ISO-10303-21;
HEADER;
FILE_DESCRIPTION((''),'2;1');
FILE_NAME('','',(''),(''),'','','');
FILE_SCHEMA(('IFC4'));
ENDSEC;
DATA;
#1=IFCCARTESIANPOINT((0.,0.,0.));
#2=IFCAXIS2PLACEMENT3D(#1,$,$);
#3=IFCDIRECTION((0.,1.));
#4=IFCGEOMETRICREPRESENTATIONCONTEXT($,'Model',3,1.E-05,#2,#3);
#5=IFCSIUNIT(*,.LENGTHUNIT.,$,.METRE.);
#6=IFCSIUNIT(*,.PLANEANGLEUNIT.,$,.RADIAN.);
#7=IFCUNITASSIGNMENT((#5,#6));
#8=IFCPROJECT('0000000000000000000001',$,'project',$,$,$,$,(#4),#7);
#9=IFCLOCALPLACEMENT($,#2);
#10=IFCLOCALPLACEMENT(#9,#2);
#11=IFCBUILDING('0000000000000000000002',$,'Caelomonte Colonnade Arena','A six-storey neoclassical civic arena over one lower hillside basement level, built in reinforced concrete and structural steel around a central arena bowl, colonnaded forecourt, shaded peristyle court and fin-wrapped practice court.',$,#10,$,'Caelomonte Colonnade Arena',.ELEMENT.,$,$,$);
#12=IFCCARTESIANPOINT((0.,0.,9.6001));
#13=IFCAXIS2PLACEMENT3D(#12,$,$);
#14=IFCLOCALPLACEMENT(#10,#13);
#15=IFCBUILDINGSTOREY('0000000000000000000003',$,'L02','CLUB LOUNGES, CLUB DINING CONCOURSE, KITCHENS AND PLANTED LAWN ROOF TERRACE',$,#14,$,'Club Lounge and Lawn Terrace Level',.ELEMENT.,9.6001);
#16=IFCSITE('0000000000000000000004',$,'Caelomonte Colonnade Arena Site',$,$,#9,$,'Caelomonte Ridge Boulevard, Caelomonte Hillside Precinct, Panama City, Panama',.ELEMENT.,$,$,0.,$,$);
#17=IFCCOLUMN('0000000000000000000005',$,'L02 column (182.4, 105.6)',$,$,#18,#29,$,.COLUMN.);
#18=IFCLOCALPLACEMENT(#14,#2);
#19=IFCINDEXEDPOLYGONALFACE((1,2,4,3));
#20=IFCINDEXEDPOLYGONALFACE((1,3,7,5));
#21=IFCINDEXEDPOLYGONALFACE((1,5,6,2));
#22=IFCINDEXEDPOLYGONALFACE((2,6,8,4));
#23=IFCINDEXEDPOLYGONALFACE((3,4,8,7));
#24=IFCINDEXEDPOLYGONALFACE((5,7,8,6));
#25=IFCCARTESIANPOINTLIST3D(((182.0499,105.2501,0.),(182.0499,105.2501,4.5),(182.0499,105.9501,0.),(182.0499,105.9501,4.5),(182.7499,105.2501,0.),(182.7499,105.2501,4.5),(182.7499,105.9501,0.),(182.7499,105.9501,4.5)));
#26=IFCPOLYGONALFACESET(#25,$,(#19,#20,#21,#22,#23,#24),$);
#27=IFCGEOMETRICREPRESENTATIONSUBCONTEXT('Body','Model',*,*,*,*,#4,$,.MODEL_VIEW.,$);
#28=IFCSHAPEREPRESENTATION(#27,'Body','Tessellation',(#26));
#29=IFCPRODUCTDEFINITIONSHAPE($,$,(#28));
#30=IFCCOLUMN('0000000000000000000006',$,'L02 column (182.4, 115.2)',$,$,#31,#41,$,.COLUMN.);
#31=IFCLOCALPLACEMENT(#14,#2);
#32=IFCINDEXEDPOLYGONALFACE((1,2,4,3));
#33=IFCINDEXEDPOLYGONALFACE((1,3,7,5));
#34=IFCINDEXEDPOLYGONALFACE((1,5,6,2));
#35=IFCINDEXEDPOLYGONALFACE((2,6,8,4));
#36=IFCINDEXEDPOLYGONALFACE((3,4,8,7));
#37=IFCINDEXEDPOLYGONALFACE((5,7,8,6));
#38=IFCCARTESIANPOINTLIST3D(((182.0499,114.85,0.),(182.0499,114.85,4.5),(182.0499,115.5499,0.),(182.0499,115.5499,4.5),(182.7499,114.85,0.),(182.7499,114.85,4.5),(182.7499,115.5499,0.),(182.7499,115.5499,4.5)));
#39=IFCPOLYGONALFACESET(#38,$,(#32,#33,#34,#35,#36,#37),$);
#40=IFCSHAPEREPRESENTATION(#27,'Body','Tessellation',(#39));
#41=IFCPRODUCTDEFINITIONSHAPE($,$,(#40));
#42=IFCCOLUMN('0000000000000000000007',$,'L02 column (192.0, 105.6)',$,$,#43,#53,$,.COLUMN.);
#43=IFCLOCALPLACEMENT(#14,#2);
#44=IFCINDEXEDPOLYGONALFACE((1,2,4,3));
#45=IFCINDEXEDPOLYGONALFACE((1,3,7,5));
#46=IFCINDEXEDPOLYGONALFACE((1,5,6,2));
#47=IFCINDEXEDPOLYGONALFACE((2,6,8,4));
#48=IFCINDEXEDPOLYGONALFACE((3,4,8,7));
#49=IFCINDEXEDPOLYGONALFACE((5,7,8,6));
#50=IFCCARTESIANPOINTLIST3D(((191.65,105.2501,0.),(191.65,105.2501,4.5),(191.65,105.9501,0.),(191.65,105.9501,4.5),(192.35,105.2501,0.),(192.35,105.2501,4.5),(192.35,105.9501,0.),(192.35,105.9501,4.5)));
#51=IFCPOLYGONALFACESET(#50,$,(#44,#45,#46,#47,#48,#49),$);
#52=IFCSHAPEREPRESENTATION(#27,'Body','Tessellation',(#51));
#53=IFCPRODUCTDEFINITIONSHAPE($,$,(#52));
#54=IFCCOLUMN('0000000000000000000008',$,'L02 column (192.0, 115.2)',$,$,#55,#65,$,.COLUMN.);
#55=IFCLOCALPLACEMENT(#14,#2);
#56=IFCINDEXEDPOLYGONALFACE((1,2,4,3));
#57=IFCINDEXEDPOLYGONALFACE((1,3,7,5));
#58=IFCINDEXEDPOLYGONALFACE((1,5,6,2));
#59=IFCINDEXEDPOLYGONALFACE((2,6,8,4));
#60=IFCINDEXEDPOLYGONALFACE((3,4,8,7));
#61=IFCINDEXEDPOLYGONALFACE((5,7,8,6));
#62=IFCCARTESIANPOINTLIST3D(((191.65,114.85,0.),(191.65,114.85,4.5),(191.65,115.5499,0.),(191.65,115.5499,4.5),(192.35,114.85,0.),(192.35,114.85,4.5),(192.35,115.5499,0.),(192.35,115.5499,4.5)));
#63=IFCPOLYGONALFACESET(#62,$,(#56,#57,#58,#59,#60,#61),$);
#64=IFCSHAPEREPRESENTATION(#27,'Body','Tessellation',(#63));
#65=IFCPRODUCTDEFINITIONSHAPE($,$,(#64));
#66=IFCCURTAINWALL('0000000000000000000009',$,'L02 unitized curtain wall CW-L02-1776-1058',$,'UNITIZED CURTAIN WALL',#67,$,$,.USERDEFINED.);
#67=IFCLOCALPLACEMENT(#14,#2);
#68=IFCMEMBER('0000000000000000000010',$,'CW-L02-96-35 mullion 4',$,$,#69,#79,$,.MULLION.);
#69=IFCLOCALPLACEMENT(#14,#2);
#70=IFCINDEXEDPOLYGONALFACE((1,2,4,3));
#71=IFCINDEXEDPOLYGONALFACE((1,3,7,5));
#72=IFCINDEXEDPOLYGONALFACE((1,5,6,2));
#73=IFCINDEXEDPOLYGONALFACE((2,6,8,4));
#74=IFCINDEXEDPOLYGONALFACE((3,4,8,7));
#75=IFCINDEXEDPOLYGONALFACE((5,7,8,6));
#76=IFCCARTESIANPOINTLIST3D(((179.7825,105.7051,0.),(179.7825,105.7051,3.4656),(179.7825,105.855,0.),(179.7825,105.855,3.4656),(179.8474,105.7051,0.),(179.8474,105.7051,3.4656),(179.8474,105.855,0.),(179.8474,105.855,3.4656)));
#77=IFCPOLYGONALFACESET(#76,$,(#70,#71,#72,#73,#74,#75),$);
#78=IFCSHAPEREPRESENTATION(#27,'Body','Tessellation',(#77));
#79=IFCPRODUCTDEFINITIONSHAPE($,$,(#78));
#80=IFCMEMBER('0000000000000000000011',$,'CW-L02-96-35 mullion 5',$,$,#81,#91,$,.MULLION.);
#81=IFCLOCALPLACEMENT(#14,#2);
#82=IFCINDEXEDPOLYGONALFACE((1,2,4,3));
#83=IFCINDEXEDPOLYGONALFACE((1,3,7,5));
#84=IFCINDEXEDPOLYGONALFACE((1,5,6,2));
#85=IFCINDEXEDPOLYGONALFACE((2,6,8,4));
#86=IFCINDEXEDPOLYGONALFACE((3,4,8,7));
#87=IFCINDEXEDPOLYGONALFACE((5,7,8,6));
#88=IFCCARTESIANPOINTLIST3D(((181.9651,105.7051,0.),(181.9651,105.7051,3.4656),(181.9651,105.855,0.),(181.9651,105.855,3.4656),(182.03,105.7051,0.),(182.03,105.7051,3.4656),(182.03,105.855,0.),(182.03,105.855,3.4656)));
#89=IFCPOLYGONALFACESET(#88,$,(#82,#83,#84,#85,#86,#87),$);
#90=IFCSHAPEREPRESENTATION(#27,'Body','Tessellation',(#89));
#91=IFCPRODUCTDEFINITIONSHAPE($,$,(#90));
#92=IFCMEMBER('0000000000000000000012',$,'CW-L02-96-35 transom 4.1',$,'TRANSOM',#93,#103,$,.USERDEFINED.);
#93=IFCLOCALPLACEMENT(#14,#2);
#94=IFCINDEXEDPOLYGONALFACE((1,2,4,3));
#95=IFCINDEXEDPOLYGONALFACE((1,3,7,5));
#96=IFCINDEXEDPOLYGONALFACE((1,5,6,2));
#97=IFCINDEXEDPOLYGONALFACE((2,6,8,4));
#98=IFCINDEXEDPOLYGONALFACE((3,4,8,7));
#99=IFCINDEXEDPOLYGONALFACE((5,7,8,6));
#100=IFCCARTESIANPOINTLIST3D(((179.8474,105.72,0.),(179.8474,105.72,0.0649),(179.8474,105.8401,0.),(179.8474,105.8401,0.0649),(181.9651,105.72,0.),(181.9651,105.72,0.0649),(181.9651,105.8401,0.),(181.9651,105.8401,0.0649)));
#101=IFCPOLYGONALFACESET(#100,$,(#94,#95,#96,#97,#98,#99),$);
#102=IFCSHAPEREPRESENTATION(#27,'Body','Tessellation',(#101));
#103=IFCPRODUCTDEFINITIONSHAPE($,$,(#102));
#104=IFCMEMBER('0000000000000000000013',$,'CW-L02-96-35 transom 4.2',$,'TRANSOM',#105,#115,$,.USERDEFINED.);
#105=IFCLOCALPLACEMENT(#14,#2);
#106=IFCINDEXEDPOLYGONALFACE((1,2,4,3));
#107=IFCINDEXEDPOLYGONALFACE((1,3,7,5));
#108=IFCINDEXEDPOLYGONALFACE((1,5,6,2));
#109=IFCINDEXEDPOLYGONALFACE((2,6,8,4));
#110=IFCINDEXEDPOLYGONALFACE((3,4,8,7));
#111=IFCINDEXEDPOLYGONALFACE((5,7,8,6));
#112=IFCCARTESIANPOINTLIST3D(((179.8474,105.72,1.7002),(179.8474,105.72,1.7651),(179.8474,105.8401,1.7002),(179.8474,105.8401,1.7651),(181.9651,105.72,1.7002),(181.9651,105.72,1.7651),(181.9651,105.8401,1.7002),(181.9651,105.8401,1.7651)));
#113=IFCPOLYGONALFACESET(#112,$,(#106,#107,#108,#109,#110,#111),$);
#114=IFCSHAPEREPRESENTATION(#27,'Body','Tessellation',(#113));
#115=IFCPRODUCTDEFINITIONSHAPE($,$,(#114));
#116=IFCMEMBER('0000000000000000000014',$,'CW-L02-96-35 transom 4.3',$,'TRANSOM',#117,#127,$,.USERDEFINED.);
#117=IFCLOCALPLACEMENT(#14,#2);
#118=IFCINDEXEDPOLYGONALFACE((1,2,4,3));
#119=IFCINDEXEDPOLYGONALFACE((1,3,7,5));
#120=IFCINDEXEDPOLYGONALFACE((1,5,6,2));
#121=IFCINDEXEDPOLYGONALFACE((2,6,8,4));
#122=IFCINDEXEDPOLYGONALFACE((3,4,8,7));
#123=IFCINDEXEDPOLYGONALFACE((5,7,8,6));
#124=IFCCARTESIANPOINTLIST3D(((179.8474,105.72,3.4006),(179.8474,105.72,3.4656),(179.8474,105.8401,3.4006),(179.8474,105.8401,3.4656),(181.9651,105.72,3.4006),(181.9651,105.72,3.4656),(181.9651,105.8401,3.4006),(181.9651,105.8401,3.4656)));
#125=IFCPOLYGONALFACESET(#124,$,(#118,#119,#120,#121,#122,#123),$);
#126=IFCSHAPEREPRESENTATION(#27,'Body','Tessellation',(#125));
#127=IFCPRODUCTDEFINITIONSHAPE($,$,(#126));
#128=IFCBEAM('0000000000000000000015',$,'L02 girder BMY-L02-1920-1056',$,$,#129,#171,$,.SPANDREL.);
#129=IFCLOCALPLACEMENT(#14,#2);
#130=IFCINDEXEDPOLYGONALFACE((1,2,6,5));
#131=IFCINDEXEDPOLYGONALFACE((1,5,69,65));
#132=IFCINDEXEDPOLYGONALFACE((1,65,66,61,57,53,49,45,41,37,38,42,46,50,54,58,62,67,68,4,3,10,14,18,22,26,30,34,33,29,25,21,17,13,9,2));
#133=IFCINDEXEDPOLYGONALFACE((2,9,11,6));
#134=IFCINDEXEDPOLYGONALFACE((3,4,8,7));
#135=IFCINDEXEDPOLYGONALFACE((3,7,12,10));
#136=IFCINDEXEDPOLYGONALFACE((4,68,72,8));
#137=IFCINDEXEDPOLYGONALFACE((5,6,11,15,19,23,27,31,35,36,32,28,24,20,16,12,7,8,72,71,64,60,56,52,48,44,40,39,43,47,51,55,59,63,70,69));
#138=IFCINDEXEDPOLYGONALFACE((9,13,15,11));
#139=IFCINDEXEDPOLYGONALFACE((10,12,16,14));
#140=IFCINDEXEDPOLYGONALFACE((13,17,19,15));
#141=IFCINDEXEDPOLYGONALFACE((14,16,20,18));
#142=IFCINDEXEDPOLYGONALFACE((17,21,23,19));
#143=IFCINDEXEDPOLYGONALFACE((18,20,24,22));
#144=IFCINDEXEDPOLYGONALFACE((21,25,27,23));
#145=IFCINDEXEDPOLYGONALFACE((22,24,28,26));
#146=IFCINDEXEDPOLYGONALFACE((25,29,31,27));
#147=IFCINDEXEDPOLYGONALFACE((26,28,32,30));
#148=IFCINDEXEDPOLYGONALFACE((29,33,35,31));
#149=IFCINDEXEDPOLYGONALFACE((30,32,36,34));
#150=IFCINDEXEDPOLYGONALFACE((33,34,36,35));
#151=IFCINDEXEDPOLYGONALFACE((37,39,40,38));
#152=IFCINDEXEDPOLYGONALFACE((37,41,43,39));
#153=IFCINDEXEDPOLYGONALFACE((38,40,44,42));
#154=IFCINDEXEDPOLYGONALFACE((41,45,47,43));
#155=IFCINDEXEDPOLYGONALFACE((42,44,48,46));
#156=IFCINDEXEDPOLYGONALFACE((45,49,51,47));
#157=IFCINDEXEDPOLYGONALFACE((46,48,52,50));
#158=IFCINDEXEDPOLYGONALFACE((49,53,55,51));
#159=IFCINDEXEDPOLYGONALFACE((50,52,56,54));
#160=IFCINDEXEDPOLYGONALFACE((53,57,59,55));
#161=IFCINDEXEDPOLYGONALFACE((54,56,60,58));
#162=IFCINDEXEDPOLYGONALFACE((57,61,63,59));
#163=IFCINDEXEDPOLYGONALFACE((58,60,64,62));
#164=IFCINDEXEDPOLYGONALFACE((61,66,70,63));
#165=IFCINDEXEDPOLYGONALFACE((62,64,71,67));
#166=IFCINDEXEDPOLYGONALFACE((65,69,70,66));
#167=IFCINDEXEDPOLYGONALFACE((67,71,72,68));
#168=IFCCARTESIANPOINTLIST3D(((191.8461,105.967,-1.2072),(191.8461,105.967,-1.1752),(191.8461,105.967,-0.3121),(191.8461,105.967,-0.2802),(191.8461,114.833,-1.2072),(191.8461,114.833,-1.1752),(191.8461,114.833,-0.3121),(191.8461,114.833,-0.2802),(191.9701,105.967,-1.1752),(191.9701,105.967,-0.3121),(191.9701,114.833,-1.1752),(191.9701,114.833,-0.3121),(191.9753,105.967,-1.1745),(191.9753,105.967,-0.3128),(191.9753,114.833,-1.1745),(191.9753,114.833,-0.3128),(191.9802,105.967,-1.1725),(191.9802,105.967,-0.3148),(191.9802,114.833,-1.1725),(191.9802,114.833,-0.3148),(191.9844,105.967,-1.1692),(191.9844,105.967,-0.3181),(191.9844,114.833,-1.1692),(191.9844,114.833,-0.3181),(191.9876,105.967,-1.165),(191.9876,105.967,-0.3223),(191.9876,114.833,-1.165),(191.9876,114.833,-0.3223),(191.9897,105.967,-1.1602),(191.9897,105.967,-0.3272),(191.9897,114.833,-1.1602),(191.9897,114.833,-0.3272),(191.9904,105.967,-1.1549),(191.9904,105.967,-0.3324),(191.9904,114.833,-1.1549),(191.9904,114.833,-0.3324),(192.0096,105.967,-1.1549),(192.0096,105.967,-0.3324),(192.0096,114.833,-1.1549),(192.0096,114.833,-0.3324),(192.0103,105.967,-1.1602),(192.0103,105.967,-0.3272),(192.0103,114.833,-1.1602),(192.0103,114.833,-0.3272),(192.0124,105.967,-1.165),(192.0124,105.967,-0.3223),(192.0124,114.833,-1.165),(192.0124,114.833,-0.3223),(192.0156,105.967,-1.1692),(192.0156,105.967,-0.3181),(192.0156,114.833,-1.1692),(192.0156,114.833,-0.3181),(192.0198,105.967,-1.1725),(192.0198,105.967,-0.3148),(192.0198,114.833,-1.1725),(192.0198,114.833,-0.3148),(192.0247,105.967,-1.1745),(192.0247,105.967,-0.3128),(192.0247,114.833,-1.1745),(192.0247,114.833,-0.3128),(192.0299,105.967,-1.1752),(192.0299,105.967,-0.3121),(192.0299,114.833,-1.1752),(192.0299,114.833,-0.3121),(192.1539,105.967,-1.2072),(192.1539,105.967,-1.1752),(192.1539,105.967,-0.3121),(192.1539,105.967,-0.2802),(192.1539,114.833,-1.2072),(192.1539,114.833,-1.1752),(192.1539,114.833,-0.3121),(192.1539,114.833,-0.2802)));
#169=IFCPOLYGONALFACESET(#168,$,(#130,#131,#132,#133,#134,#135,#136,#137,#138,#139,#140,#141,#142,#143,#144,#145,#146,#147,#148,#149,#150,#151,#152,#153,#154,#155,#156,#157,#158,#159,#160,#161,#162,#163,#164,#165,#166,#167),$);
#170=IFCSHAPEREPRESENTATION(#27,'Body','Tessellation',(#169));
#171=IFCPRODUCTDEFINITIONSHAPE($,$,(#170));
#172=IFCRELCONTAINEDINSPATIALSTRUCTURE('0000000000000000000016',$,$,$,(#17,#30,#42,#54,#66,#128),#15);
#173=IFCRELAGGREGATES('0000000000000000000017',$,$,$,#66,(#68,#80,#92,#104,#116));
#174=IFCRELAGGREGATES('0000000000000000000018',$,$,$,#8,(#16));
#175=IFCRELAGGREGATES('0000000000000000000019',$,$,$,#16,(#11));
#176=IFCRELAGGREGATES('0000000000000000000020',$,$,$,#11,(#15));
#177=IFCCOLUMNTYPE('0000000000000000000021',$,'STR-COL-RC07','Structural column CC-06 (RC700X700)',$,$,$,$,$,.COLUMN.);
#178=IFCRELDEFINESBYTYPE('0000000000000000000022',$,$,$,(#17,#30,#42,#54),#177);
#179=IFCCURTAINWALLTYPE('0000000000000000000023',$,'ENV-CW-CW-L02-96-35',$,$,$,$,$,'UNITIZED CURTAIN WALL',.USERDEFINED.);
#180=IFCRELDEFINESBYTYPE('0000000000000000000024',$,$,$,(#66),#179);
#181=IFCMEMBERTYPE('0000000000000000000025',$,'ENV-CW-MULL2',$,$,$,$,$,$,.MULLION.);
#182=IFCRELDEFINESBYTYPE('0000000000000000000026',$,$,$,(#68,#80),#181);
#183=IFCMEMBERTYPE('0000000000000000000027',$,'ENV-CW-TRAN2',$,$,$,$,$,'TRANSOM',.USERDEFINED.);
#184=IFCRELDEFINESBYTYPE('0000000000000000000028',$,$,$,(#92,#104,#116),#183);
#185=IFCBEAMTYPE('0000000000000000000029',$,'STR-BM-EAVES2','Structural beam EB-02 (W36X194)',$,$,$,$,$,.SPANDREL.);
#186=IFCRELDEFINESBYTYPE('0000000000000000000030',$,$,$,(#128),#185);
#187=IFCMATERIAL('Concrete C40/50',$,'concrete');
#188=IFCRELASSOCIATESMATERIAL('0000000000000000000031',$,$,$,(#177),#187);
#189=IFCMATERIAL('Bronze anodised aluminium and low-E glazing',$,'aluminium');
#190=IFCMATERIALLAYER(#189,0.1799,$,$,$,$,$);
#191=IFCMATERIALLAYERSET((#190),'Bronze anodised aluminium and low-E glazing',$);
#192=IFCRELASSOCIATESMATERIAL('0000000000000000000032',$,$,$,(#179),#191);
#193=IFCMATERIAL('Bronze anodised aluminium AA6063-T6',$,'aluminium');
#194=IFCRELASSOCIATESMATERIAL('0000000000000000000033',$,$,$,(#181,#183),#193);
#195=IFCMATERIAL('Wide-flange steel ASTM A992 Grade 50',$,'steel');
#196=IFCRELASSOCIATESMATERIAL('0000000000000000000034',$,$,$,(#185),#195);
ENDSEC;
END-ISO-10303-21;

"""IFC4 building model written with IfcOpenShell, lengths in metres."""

from ifc_helpers import new_model, si_unit, direction, frame, origin, origin_2d, place, context, subcontext, project, spatial, rectangle, i_section, extrude, material, layer, layer_set, material_profile, profile_set, type_object, element, aggregate, save


model = new_model("IFC4")

# Units and contexts
model_context = context("Model", 3, precision=1e-05, world=origin(), true_north=direction((0.0, 1.0)))
body_context = subcontext(model_context, "Body", "Model", "MODEL_VIEW")
ifc_project = project(units=[si_unit("LENGTHUNIT", "METRE"), si_unit("PLANEANGLEUNIT", "RADIAN")], contexts=[model_context])

# Site, building, storey
site_placement = place(None, origin())
site = spatial("IfcSite", under=ifc_project, at=site_placement, Name="Caelomonte Colonnade Arena Site", LongName="Caelomonte Ridge Boulevard, Caelomonte Hillside Precinct, Panama City, Panama", CompositionType="ELEMENT", RefElevation=0.0)
building_placement = place(site_placement, origin())
building = spatial("IfcBuilding", under=site, at=building_placement, Name="Caelomonte Colonnade Arena", Description="A six-storey neoclassical civic arena over one lower hillside basement level, built in reinforced concrete and structural steel around a central arena bowl, colonnaded forecourt, shaded peristyle court and fin-wrapped practice court.", LongName="Caelomonte Colonnade Arena", CompositionType="ELEMENT")
storey_placement = place(building_placement, frame((0.0, 0.0, 9.6001)))
storey = spatial("IfcBuildingStorey", under=building, at=storey_placement, Name="L02", Description="CLUB LOUNGES, CLUB DINING CONCOURSE, KITCHENS AND PLANTED LAWN ROOF TERRACE", LongName="Club Lounge and Lawn Terrace Level", CompositionType="ELEMENT", Elevation=9.6001)

# Columns
ifc_material_1 = material(Name="Concrete C40/50", Category="concrete")
ifc_material_profile_1 = material_profile(ifc_material_1, rectangle(XDim=0.7, YDim=0.7, at=origin_2d()), Name="RC700X700")
ifc_profile_set_1 = profile_set([ifc_material_profile_1], Name="Concrete C40/50")
column_type = type_object("IfcColumnType", Name="STR-COL-RC07", Description="Structural column CC-06 (RC700X700)", PredefinedType="COLUMN", material=ifc_profile_set_1)
for number, where, z_axis, x_axis, name in (
    (1, (182.3999, 105.6001, 0.0), (0.0, 0.0, 1.0), (1.0, 0.0, 0.0), "L02 column (182.4, 105.6)"),
    (2, (182.3999, 115.2, 0.0), (0.0, 0.0, 1.0), (1.0, 0.0, 0.0), "L02 column (182.4, 115.2)"),
    (3, (192.0, 105.6001, 0.0), (0.0, 0.0, 1.0), (1.0, 0.0, 0.0), "L02 column (192.0, 105.6)"),
    (4, (192.0, 115.2, 0.0), (0.0, 0.0, 1.0), (1.0, 0.0, 0.0), "L02 column (192.0, 115.2)"),
):
    element("IfcColumn", number, at=place(storey_placement, frame(where, z_axis=z_axis, x_axis=x_axis)), inside=storey, type_object=column_type, Name=name, PredefinedType="COLUMN", context=body_context, shape_type="SweptSolid", body=[
        extrude(rectangle(XDim=0.7, YDim=0.7, at=origin_2d()), origin(), (0.0, 0.0, 1.0), 4.5),
    ])

# Curtain wall, members
ifc_material_2 = material(Name="Bronze anodised aluminium and low-E glazing", Category="aluminium")
ifc_layer_1 = layer(ifc_material_2, 0.1799)
ifc_layer_set_1 = layer_set([ifc_layer_1], Name="Bronze anodised aluminium and low-E glazing")
curtain_wall_type = type_object("IfcCurtainWallType", Name="ENV-CW-CW-L02-96-35", ElementType="UNITIZED CURTAIN WALL", PredefinedType="USERDEFINED", material=ifc_layer_set_1)
curtain_wall_placement = place(storey_placement, origin())
curtain_wall = element("IfcCurtainWall", 5, at=curtain_wall_placement, inside=storey, type_object=curtain_wall_type, Name="L02 unitized curtain wall CW-L02-1776-1058", ObjectType="UNITIZED CURTAIN WALL", PredefinedType="USERDEFINED")
ifc_material_3 = material(Name="Bronze anodised aluminium AA6063-T6", Category="aluminium")
ifc_material_profile_2 = material_profile(ifc_material_3, rectangle(XDim=0.0649, YDim=0.1499, at=origin_2d()), Name="CWM-65X150")
ifc_profile_set_2 = profile_set([ifc_material_profile_2], Name="Bronze anodised aluminium AA6063-T6")
member_type_1 = type_object("IfcMemberType", Name="ENV-CW-MULL2", PredefinedType="MULLION", material=ifc_profile_set_2)
member_1_placement = place(storey_placement, frame((179.8149, 105.78, 0.0), z_axis=(0.0, 0.0, 1.0), x_axis=(1.0, 0.0, 0.0)))
member_1 = element("IfcMember", 6, at=member_1_placement, type_object=member_type_1, Name="CW-L02-96-35 mullion 4", PredefinedType="MULLION", context=body_context, shape_type="SweptSolid", body=[
    extrude(rectangle(XDim=0.0649, YDim=0.1499, at=origin_2d()), origin(), (0.0, 0.0, 1.0), 3.4656),
])
member_2_placement = place(storey_placement, frame((181.9976, 105.78, 0.0), z_axis=(0.0, 0.0, 1.0), x_axis=(1.0, 0.0, 0.0)))
member_2 = element("IfcMember", 7, at=member_2_placement, type_object=member_type_1, Name="CW-L02-96-35 mullion 5", PredefinedType="MULLION", context=body_context, shape_type="SweptSolid", body=[
    extrude(rectangle(XDim=0.0649, YDim=0.1499, at=origin_2d()), origin(), (0.0, 0.0, 1.0), 3.4656),
])
ifc_material_profile_3 = material_profile(ifc_material_3, rectangle(XDim=0.0649, YDim=0.1201, at=origin_2d()), Name="CWT-65X120")
ifc_profile_set_3 = profile_set([ifc_material_profile_3], Name="Bronze anodised aluminium AA6063-T6")
member_type_2 = type_object("IfcMemberType", Name="ENV-CW-TRAN2", ElementType="TRANSOM", PredefinedType="USERDEFINED", material=ifc_profile_set_3)
member_3_placement = place(storey_placement, frame((179.8474, 105.78, 0.0325), z_axis=(1.0, 0.0, 0.0), x_axis=(0.0, 0.0, 1.0)))
member_3 = element("IfcMember", 8, at=member_3_placement, type_object=member_type_2, Name="CW-L02-96-35 transom 4.1", ObjectType="TRANSOM", PredefinedType="USERDEFINED", context=body_context, shape_type="SweptSolid", body=[
    extrude(rectangle(XDim=0.0649, YDim=0.1201, at=origin_2d()), origin(), (0.0, 0.0, 1.0), 2.1177),
])
member_4_placement = place(storey_placement, frame((179.8474, 105.78, 1.7327), z_axis=(1.0, 0.0, 0.0), x_axis=(0.0, 0.0, 1.0)))
member_4 = element("IfcMember", 9, at=member_4_placement, type_object=member_type_2, Name="CW-L02-96-35 transom 4.2", ObjectType="TRANSOM", PredefinedType="USERDEFINED", context=body_context, shape_type="SweptSolid", body=[
    extrude(rectangle(XDim=0.0649, YDim=0.1201, at=origin_2d()), origin(), (0.0, 0.0, 1.0), 2.1177),
])
member_5_placement = place(storey_placement, frame((179.8474, 105.78, 3.4331), z_axis=(1.0, 0.0, 0.0), x_axis=(0.0, 0.0, 1.0)))
member_5 = element("IfcMember", 10, at=member_5_placement, type_object=member_type_2, Name="CW-L02-96-35 transom 4.3", ObjectType="TRANSOM", PredefinedType="USERDEFINED", context=body_context, shape_type="SweptSolid", body=[
    extrude(rectangle(XDim=0.0649, YDim=0.1201, at=origin_2d()), origin(), (0.0, 0.0, 1.0), 2.1177),
])

# Beam
ifc_material_4 = material(Name="Wide-flange steel ASTM A992 Grade 50", Category="steel")
ifc_material_profile_4 = material_profile(ifc_material_4, i_section(OverallWidth=0.3079, OverallDepth=0.927, WebThickness=0.0193, FlangeThickness=0.032, FilletRadius=0.0203, at=origin_2d()), Name="W36X194")
ifc_profile_set_4 = profile_set([ifc_material_profile_4], Name="Wide-flange steel ASTM A992 Grade 50")
beam_type_1 = type_object("IfcBeamType", Name="STR-BM-EAVES2", Description="Structural beam EB-02 (W36X194)", PredefinedType="SPANDREL", material=ifc_profile_set_4)
beam_1_placement = place(storey_placement, frame((192.0, 105.967, -0.7437), z_axis=(0.0, 1.0, 0.0), x_axis=(-1.0, 0.0, 0.0)))
element("IfcBeam", 11, at=beam_1_placement, inside=storey, type_object=beam_type_1, Name="L02 girder BMY-L02-1920-1056", PredefinedType="SPANDREL", context=body_context, shape_type="SweptSolid", body=[
    extrude(i_section(OverallWidth=0.3079, OverallDepth=0.927, WebThickness=0.0193, FlangeThickness=0.032, FilletRadius=0.0203, at=origin_2d()), origin(), (0.0, 0.0, 1.0), 8.866),
])

aggregate(curtain_wall, [member_1, member_2, member_3, member_4, member_5])

save(model, "model.ifc")
